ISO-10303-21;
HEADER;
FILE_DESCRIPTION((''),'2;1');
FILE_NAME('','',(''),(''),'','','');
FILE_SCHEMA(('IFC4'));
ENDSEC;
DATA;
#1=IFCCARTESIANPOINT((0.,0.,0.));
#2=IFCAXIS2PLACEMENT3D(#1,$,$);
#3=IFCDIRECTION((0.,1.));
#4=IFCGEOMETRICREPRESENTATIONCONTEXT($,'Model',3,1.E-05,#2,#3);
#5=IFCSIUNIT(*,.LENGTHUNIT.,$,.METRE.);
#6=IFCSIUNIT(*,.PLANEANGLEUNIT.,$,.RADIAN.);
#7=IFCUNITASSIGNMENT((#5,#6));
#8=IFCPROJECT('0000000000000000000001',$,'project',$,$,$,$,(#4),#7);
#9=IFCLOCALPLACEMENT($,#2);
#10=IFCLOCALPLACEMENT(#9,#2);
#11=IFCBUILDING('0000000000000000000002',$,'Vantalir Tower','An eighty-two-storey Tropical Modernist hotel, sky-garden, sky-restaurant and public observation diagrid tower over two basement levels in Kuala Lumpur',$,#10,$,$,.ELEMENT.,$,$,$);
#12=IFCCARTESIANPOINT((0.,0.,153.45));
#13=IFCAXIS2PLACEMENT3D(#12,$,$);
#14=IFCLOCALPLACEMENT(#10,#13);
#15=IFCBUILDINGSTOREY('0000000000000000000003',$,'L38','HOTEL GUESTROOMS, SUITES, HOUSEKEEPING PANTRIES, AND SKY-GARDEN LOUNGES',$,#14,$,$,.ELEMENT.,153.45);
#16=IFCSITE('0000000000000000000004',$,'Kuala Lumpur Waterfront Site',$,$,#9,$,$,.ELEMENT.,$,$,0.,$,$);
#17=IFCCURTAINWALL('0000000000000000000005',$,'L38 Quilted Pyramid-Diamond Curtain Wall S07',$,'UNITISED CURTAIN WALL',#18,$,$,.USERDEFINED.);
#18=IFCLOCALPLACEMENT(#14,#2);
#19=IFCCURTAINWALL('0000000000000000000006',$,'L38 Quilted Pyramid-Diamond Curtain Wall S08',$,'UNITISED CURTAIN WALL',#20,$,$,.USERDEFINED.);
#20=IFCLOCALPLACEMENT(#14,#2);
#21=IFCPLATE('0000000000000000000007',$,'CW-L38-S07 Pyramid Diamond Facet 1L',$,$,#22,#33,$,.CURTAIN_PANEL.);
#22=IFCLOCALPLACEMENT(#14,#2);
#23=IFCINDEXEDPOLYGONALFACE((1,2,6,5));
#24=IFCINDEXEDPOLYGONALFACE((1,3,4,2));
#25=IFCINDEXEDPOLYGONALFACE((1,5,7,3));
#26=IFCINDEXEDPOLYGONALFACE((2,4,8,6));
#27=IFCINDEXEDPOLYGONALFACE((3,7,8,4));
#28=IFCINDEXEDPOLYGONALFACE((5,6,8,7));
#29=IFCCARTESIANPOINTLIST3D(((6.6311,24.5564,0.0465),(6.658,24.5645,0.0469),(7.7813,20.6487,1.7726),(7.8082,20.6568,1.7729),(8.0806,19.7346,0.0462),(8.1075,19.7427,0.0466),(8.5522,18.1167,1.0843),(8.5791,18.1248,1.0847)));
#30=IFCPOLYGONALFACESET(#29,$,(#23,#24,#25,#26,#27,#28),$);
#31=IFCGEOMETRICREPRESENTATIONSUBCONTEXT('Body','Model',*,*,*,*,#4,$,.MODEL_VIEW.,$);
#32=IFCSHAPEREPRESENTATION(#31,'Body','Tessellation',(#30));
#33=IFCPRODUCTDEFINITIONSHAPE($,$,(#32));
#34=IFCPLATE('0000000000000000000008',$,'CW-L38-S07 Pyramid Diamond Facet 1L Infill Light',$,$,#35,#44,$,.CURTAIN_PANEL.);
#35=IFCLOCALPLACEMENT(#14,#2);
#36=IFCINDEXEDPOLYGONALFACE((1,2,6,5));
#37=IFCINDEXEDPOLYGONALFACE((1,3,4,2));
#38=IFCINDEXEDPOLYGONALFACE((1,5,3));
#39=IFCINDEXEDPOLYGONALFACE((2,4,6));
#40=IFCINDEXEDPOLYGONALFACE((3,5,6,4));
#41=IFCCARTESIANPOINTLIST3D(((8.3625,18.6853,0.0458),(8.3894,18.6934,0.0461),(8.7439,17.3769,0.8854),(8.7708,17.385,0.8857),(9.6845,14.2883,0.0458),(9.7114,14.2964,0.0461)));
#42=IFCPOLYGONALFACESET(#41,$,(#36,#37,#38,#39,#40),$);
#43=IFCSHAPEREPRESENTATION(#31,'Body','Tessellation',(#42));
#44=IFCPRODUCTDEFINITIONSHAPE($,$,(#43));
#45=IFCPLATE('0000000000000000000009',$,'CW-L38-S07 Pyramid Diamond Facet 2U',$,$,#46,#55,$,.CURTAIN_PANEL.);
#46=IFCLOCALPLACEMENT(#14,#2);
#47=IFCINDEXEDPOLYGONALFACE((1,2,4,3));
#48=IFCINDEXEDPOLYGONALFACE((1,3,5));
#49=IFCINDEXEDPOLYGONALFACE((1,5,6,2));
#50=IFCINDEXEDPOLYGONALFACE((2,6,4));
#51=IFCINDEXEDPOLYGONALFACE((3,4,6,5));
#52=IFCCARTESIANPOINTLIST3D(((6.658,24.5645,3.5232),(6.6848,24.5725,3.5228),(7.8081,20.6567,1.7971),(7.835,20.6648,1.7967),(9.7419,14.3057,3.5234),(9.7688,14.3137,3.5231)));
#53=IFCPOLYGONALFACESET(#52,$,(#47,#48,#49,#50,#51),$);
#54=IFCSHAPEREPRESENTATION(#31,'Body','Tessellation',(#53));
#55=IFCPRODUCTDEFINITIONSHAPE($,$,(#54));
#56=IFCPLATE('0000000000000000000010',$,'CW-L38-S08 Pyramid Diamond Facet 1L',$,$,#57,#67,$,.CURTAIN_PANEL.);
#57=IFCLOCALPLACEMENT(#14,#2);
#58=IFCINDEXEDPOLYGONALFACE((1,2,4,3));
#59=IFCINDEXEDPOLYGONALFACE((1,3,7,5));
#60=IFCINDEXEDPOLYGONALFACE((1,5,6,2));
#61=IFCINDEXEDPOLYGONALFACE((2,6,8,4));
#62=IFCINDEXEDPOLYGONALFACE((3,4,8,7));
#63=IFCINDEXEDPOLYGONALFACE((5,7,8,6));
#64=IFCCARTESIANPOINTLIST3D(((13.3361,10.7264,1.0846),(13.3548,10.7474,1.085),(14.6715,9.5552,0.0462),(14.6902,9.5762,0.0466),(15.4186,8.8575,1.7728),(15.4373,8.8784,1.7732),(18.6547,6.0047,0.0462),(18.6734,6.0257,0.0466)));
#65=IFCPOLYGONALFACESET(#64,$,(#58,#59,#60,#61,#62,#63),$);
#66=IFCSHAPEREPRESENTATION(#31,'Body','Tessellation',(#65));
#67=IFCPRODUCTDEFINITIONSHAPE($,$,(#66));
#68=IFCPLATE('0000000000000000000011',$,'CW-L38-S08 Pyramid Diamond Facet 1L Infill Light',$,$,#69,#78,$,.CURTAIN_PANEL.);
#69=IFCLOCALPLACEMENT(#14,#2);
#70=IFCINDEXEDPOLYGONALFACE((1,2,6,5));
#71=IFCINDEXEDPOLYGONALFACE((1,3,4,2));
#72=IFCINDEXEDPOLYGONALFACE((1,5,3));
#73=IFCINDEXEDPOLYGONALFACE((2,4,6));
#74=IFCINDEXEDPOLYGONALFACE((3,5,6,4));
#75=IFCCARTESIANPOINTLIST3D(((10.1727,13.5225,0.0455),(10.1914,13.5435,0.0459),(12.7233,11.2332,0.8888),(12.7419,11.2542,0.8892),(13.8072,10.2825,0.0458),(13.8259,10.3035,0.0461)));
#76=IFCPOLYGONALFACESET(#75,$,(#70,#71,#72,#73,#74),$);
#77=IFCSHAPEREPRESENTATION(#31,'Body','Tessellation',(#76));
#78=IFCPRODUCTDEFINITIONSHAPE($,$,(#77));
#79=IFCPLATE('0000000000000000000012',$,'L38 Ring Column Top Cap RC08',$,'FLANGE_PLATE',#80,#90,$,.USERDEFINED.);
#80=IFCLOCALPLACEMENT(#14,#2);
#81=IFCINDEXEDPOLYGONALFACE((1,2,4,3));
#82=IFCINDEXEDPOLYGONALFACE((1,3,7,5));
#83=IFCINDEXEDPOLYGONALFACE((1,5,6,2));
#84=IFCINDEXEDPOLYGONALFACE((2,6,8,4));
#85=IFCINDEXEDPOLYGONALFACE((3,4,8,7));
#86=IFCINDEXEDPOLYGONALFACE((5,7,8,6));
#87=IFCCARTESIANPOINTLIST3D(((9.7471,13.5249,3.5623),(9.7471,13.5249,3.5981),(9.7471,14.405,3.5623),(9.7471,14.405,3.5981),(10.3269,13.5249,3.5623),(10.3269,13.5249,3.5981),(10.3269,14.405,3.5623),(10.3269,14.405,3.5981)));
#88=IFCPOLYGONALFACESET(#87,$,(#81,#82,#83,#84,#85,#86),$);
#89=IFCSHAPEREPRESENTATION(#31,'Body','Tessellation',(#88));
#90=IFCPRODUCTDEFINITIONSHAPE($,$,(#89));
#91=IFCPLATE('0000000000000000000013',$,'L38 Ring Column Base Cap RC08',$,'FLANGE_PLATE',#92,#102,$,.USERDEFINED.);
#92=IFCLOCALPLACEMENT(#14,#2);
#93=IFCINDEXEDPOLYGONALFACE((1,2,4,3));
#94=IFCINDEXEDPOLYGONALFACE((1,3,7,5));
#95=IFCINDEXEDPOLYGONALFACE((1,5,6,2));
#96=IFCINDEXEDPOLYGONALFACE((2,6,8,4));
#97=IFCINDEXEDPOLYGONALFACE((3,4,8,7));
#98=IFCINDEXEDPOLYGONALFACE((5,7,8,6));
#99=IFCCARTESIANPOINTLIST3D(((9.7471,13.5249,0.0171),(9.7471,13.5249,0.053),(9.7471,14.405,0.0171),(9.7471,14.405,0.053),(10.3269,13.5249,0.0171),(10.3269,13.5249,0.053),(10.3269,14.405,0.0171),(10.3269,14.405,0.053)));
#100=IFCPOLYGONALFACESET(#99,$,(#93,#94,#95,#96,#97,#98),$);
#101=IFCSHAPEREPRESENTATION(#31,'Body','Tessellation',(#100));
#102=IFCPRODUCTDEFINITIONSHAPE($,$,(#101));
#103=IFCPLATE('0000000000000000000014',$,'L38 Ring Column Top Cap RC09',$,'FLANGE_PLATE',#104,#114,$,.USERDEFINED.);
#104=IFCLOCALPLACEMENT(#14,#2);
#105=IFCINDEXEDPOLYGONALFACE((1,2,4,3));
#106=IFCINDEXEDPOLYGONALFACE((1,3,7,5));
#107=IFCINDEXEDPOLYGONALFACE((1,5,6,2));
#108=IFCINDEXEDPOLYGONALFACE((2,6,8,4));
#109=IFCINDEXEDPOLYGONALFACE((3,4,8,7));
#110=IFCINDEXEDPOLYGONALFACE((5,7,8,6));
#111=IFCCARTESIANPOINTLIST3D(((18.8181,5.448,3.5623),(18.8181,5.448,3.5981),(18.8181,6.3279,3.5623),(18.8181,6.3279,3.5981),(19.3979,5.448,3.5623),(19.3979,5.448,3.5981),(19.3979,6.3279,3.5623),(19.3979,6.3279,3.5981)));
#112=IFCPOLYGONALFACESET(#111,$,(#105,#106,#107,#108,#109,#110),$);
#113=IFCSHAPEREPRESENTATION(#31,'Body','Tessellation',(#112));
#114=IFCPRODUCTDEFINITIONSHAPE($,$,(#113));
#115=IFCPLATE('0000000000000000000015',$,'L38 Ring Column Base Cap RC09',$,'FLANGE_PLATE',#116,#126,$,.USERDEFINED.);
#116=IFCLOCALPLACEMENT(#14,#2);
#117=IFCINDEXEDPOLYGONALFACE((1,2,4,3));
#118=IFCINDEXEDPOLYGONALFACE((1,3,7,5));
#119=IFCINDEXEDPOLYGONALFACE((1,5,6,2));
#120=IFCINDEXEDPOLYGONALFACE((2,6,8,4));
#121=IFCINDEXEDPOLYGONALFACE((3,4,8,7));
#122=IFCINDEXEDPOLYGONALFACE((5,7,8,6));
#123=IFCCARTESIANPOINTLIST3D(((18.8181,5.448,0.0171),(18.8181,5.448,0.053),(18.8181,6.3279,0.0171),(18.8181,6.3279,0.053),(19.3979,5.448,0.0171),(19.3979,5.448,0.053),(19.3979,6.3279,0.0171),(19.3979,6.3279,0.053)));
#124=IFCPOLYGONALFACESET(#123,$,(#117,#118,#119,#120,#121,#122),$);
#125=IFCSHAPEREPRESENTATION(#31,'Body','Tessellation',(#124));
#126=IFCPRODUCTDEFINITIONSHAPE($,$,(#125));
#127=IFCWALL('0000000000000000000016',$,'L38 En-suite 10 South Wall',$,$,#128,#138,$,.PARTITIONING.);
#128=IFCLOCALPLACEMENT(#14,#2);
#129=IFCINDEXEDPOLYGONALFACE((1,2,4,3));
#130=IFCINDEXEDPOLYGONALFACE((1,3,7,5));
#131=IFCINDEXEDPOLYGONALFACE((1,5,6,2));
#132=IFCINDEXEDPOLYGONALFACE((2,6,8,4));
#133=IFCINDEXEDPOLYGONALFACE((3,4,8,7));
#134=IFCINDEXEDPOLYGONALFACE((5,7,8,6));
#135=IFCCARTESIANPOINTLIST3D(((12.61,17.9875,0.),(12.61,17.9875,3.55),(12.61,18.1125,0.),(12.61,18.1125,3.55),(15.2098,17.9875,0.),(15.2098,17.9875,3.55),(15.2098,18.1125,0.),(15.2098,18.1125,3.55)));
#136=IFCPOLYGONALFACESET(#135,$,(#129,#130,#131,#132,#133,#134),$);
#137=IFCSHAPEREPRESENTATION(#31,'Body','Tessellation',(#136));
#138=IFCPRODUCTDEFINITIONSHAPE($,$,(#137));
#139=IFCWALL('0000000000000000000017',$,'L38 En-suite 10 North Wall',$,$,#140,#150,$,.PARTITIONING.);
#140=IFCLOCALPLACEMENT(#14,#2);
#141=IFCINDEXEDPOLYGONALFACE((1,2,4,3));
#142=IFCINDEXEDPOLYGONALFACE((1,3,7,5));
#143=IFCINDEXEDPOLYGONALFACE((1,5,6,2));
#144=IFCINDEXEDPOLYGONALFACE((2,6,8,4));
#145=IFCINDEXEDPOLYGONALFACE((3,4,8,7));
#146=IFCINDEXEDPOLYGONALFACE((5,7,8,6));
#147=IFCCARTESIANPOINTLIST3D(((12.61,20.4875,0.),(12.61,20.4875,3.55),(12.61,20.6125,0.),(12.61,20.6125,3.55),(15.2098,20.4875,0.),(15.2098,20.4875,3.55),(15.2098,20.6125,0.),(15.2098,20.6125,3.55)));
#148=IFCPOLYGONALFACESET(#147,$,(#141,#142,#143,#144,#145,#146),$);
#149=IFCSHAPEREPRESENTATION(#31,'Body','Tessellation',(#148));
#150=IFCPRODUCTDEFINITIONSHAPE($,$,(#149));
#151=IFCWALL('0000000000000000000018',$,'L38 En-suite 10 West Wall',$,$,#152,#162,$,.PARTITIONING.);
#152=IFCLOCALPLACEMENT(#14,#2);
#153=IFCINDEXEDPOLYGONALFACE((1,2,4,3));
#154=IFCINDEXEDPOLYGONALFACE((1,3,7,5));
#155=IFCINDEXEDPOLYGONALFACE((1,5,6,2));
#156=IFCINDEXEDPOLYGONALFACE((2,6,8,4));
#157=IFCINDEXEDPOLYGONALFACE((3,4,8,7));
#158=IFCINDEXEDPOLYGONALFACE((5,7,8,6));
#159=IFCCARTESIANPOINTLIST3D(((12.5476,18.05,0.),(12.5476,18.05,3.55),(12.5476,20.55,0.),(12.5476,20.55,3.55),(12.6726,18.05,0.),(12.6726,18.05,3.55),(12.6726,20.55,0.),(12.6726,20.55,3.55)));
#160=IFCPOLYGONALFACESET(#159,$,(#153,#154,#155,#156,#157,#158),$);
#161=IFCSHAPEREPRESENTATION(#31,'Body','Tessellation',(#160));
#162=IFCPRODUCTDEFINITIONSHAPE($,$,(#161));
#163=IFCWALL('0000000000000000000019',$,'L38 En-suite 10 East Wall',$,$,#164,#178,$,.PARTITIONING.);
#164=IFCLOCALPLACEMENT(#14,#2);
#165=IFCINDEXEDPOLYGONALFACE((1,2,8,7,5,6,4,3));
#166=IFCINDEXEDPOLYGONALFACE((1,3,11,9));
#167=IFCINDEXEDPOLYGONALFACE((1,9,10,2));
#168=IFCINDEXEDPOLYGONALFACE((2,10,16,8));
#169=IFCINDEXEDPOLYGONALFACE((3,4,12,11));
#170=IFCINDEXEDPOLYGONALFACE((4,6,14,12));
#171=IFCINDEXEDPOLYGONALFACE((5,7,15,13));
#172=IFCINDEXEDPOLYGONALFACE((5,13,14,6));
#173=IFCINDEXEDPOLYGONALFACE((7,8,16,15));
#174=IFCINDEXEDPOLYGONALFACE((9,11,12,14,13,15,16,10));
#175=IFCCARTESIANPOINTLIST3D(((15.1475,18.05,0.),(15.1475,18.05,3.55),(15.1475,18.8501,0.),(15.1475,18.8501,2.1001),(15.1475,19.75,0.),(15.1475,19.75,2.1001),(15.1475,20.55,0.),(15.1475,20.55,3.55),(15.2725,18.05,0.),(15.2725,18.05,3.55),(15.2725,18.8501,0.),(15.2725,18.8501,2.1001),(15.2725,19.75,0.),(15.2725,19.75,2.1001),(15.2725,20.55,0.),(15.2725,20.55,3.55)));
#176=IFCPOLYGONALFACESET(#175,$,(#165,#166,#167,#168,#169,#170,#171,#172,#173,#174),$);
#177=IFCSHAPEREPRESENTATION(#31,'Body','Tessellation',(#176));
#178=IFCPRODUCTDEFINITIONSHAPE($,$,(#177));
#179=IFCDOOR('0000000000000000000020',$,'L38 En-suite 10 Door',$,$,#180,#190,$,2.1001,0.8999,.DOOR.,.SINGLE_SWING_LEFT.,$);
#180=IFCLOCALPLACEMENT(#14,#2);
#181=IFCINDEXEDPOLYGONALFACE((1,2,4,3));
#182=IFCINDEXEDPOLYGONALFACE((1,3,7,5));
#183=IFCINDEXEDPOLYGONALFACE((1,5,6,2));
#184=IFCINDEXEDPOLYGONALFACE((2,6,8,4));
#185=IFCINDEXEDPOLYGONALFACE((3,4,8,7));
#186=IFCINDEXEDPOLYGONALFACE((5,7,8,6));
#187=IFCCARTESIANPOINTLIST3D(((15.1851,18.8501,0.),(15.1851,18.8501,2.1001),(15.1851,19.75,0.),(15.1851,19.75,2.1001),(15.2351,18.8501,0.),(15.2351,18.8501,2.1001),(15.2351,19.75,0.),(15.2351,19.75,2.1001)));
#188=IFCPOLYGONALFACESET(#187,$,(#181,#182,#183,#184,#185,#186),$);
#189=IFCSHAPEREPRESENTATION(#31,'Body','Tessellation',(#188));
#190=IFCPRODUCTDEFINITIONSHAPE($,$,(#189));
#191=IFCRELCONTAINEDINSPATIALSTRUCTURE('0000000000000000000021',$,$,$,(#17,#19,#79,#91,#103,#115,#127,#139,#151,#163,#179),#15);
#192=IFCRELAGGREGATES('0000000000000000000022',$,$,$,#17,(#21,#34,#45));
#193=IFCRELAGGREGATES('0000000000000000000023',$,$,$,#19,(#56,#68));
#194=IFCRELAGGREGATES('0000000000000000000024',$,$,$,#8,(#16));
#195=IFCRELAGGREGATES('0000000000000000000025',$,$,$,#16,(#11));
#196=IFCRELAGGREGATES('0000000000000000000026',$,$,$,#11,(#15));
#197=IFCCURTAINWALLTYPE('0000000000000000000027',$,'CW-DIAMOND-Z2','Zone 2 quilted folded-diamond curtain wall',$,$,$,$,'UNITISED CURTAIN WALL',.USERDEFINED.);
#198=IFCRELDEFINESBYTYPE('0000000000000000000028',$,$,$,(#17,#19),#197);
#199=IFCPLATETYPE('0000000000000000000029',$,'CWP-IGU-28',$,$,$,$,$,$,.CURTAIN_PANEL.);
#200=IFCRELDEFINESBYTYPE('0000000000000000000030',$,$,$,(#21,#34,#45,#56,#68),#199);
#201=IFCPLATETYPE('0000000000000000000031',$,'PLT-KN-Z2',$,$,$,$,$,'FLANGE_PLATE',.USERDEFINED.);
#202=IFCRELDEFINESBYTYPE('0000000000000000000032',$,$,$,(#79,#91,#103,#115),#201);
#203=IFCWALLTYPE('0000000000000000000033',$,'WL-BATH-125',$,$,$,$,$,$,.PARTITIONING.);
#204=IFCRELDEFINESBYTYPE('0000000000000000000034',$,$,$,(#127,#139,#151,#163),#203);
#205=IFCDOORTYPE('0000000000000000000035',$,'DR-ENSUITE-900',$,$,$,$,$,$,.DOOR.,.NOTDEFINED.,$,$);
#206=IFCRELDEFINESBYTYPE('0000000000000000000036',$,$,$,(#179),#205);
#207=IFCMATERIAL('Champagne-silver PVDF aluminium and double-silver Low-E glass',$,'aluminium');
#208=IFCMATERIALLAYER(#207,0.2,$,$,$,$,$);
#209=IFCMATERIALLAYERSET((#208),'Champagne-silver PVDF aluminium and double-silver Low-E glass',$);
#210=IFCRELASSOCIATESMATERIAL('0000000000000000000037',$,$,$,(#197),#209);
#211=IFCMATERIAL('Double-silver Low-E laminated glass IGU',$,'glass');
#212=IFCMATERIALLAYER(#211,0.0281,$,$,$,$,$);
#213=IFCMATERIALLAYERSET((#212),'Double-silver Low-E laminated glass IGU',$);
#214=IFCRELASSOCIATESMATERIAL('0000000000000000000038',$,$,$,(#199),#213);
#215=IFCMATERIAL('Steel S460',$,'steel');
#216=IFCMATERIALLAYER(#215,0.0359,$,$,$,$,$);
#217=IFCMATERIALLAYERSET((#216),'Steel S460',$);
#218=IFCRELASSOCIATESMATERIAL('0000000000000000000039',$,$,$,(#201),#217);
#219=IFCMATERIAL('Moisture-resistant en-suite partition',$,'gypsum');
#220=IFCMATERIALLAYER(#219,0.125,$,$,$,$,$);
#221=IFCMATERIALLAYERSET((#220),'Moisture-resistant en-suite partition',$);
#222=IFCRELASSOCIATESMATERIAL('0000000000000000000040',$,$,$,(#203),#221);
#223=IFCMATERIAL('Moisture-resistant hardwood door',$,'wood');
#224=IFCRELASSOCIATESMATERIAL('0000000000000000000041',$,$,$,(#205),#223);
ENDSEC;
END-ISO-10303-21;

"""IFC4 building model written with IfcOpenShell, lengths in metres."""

from ifc_helpers import new_model, si_unit, direction, frame, frame_2d, origin, place, context, subcontext, project, spatial, polyline, rectangle, outline, extrude, material, layer, layer_set, type_object, element, fill, aggregate, save


model = new_model("IFC4")

# Units and contexts
model_context = context("Model", 3, precision=1e-05, world=origin(), true_north=direction((0.0, 1.0)))
body_context = subcontext(model_context, "Body", "Model", "MODEL_VIEW")
ifc_project = project(units=[si_unit("LENGTHUNIT", "METRE"), si_unit("PLANEANGLEUNIT", "RADIAN")], contexts=[model_context])

# Site, building, storey
site_placement = place(None, origin())
site = spatial("IfcSite", under=ifc_project, at=site_placement, Name="Kuala Lumpur Waterfront Site", CompositionType="ELEMENT", RefElevation=0.0)
building_placement = place(site_placement, origin())
building = spatial("IfcBuilding", under=site, at=building_placement, Name="Vantalir Tower", Description="An eighty-two-storey Tropical Modernist hotel, sky-garden, sky-restaurant and public observation diagrid tower over two basement levels in Kuala Lumpur", CompositionType="ELEMENT")
storey_placement = place(building_placement, frame((0.0, 0.0, 153.45)))
storey = spatial("IfcBuildingStorey", under=building, at=storey_placement, Name="L38", Description="HOTEL GUESTROOMS, SUITES, HOUSEKEEPING PANTRIES, AND SKY-GARDEN LOUNGES", CompositionType="ELEMENT", Elevation=153.45)

# Shared definitions
ifc_material_1 = material(Name="Steel S460", Category="steel")

# Curtain wall
ifc_material_2 = material(Name="Champagne-silver PVDF aluminium and double-silver Low-E glass", Category="aluminium")
ifc_layer_1 = layer(ifc_material_2, 0.2)
ifc_layer_set_1 = layer_set([ifc_layer_1], Name="Champagne-silver PVDF aluminium and double-silver Low-E glass")
curtain_wall_type = type_object("IfcCurtainWallType", Name="CW-DIAMOND-Z2", Description="Zone 2 quilted folded-diamond curtain wall", ElementType="UNITISED CURTAIN WALL", PredefinedType="USERDEFINED", material=ifc_layer_set_1)
curtain_wall_1_placement = place(storey_placement, origin())
curtain_wall_1 = element("IfcCurtainWall", 1, at=curtain_wall_1_placement, inside=storey, type_object=curtain_wall_type, Name="L38 Quilted Pyramid-Diamond Curtain Wall S07", ObjectType="UNITISED CURTAIN WALL", PredefinedType="USERDEFINED")

# Curtain wall
curtain_wall_2_placement = place(storey_placement, origin())
curtain_wall_2 = element("IfcCurtainWall", 2, at=curtain_wall_2_placement, inside=storey, type_object=curtain_wall_type, Name="L38 Quilted Pyramid-Diamond Curtain Wall S08", ObjectType="UNITISED CURTAIN WALL", PredefinedType="USERDEFINED")

# Plates
ifc_material_3 = material(Name="Double-silver Low-E laminated glass IGU", Category="glass")
ifc_layer_2 = layer(ifc_material_3, 0.0281)
ifc_layer_set_2 = layer_set([ifc_layer_2], Name="Double-silver Low-E laminated glass IGU")
plate_type_1 = type_object("IfcPlateType", Name="CWP-IGU-28", PredefinedType="CURTAIN_PANEL", material=ifc_layer_set_2)
plate_1_placement = place(storey_placement, frame((6.658, 24.5645, 0.0469), z_axis=(0.957574, 0.287864, 0.013608), x_axis=(0.287892, -0.957663, -0.000048)))
plate_1 = element("IfcPlate", 3, at=plate_1_placement, type_object=plate_type_1, Name="CW-L38-S07 Pyramid Diamond Facet 1L", PredefinedType="CURTAIN_PANEL", context=body_context, shape_type="SweptSolid", body=[
    extrude(outline(polyline([(0.0, 0.0), (5.0349, 0.0), (6.7201, -1.0383), (4.0733, -1.7264), (0.0, 0.0)])), origin(), (0.0, 0.0, -1.0), 0.0281),
])
plate_2_placement = place(storey_placement, frame((8.3894, 18.6934, 0.0461), z_axis=(0.95756, 0.287906, 0.013719), x_axis=(0.287933, -0.95765, 0.0)))
plate_2 = element("IfcPlate", 4, at=plate_2_placement, type_object=plate_type_1, Name="CW-L38-S07 Pyramid Diamond Facet 1L Infill Light", PredefinedType="CURTAIN_PANEL", context=body_context, shape_type="SweptSolid", body=[
    extrude(outline(polyline([(0.0, 0.0), (4.5914, 0.0), (1.3627, -0.8397), (0.0, 0.0)])), origin(), (0.0, 0.0, -1.0), 0.0281),
])
plate_3_placement = place(storey_placement, frame((9.7419, 14.3057, 3.5234), z_axis=(-0.957574, -0.287864, 0.013639), x_axis=(-0.287891, 0.957663, -0.000023)))
plate_3 = element("IfcPlate", 5, at=plate_3_placement, type_object=plate_type_1, Name="CW-L38-S07 Pyramid Diamond Facet 2U", PredefinedType="CURTAIN_PANEL", context=body_context, shape_type="SweptSolid", body=[
    extrude(outline(polyline([(0.0, 0.0), (10.7123, 0.0), (6.639, 1.7263), (0.0, 0.0)])), origin(), (0.0, 0.0, -1.0), 0.0281),
])
aggregate(curtain_wall_1, [plate_1, plate_2, plate_3])
plate_4_placement = place(storey_placement, frame((14.6902, 9.5762, 0.0466), z_axis=(0.665334, 0.746419, 0.013765), x_axis=(0.74649, -0.665397, 0.0)))
plate_4 = element("IfcPlate", 6, at=plate_4_placement, type_object=plate_type_1, Name="CW-L38-S08 Pyramid Diamond Facet 1L", PredefinedType="CURTAIN_PANEL", context=body_context, shape_type="SweptSolid", body=[
    extrude(outline(polyline([(0.0, 0.0), (5.3359, 0.0), (1.022, -1.7267), (-1.7762, -1.0384), (0.0, 0.0)])), origin(), (0.0, 0.0, -1.0), 0.0281),
])
plate_5_placement = place(storey_placement, frame((10.1914, 13.5435, 0.0459), z_axis=(0.665366, 0.746389, 0.01384), x_axis=(0.74646, -0.665431, 0.00005)))
plate_5 = element("IfcPlate", 7, at=plate_5_placement, type_object=plate_type_1, Name="CW-L38-S08 Pyramid Diamond Facet 1L Infill Light", PredefinedType="CURTAIN_PANEL", context=body_context, shape_type="SweptSolid", body=[
    extrude(outline(polyline([(0.0, 0.0), (4.869, 0.0), (3.4273, -0.8432), (0.0, 0.0)])), origin(), (0.0, 0.0, -1.0), 0.0281),
])
aggregate(curtain_wall_2, [plate_4, plate_5])

# Plates
ifc_layer_3 = layer(ifc_material_1, 0.0359)
ifc_layer_set_3 = layer_set([ifc_layer_3], Name="Steel S460")
plate_type_2 = type_object("IfcPlateType", Name="PLT-KN-Z2", ElementType="FLANGE_PLATE", PredefinedType="USERDEFINED", material=ifc_layer_set_3)
for number, where, z_axis, x_axis, name in (
    (8, (9.7471, 14.405, 3.5981), (0.0, 0.0, 1.0), (0.0, -1.0, 0.0), "L38 Ring Column Top Cap RC08"),
    (9, (9.7471, 14.405, 0.053), (0.0, 0.0, 1.0), (0.0, -1.0, 0.0), "L38 Ring Column Base Cap RC08"),
):
    element("IfcPlate", number, at=place(storey_placement, frame(where, z_axis=z_axis, x_axis=x_axis)), inside=storey, type_object=plate_type_2, Name=name, ObjectType="FLANGE_PLATE", PredefinedType="USERDEFINED", context=body_context, shape_type="SweptSolid", body=[
        extrude(outline(polyline([(0.0, 0.0), (0.8801, 0.0), (0.8801, 0.5798), (0.0, 0.5798), (0.0, 0.0)])), origin(), (0.0, 0.0, -1.0), 0.0359),
    ])
for number, where, z_axis, x_axis, name in (
    (10, (18.8181, 6.3279, 3.5981), (0.0, 0.0, 1.0), (0.0, -1.0, 0.0), "L38 Ring Column Top Cap RC09"),
    (11, (18.8181, 6.3279, 0.053), (0.0, 0.0, 1.0), (0.0, -1.0, 0.0), "L38 Ring Column Base Cap RC09"),
):
    element("IfcPlate", number, at=place(storey_placement, frame(where, z_axis=z_axis, x_axis=x_axis)), inside=storey, type_object=plate_type_2, Name=name, ObjectType="FLANGE_PLATE", PredefinedType="USERDEFINED", context=body_context, shape_type="SweptSolid", body=[
        extrude(outline(polyline([(0.0, 0.0), (0.8799, 0.0), (0.8799, 0.5798), (0.0, 0.5798), (0.0, 0.0)])), origin(), (0.0, 0.0, -1.0), 0.0359),
    ])

# Walls
ifc_material_4 = material(Name="Moisture-resistant en-suite partition", Category="gypsum")
ifc_layer_4 = layer(ifc_material_4, 0.125)
ifc_layer_set_4 = layer_set([ifc_layer_4], Name="Moisture-resistant en-suite partition")
wall_type_1 = type_object("IfcWallType", Name="WL-BATH-125", PredefinedType="PARTITIONING", material=ifc_layer_set_4)
for number, where, z_axis, x_axis, name in (
    (12, (12.6101, 18.05, 0.0), (0.0, 0.0, 1.0), (1.0, 0.0, 0.0), "L38 En-suite 10 South Wall"),
    (13, (12.6101, 20.55, 0.0), (0.0, 0.0, 1.0), (1.0, 0.0, 0.0), "L38 En-suite 10 North Wall"),
):
    element("IfcWall", number, at=place(storey_placement, frame(where, z_axis=z_axis, x_axis=x_axis)), inside=storey, type_object=wall_type_1, Name=name, PredefinedType="PARTITIONING", context=body_context, shape_type="SweptSolid", body=[
        extrude(rectangle(XDim=2.5999, YDim=0.125, at=frame_2d((1.2998, 0.0))), origin(), (0.0, 0.0, 1.0), 3.55),
    ])
wall_1_placement = place(storey_placement, frame((12.6101, 18.05, 0.0), z_axis=(0.0, 0.0, 1.0), x_axis=(0.0, 1.0, 0.0)))
element("IfcWall", 14, at=wall_1_placement, inside=storey, type_object=wall_type_1, Name="L38 En-suite 10 West Wall", PredefinedType="PARTITIONING", context=body_context, shape_type="SweptSolid", body=[
    extrude(rectangle(XDim=2.5, YDim=0.125, at=frame_2d((1.25, 0.0))), origin(), (0.0, 0.0, 1.0), 3.55),
])

# Wall, opening, door
wall_2_placement = place(storey_placement, frame((15.21, 18.05, 0.0), z_axis=(0.0, 0.0, 1.0), x_axis=(0.0, 1.0, 0.0)))
wall_2 = element("IfcWall", 15, at=wall_2_placement, inside=storey, type_object=wall_type_1, Name="L38 En-suite 10 East Wall", PredefinedType="PARTITIONING", context=body_context, shape_type="SweptSolid", body=[
    extrude(rectangle(XDim=2.5, YDim=0.125, at=frame_2d((1.25, 0.0))), origin(), (0.0, 0.0, 1.0), 3.55),
])
opening_1_placement = place(wall_2_placement, frame((0.8, 0.0, 0.0)))
opening_1 = element("IfcOpeningElement", 16, at=opening_1_placement, cuts=wall_2, PredefinedType="OPENING", context=body_context, shape_type="SweptSolid", body=[
    extrude(rectangle(XDim=0.8999, YDim=2.1001, at=frame_2d((0.45, 1.05))), frame((0.0, 0.0725, 0.0), z_axis=(0.0, -1.0, 0.0), x_axis=(1.0, 0.0, 0.0)), (0.0, 0.0, 1.0), 0.145),
])
ifc_material_5 = material(Name="Moisture-resistant hardwood door", Category="wood")
door_type_1 = type_object("IfcDoorType", Name="DR-ENSUITE-900", OperationType="NOTDEFINED", PredefinedType="DOOR", material=ifc_material_5)
door_1_placement = place(opening_1_placement, origin())
door_1 = element("IfcDoor", 17, at=door_1_placement, inside=storey, type_object=door_type_1, Name="L38 En-suite 10 Door", OperationType="SINGLE_SWING_LEFT", OverallHeight=2.1001, OverallWidth=0.8999, PredefinedType="DOOR", context=body_context, shape_type="SweptSolid", body=[
    extrude(rectangle(XDim=0.8999, YDim=2.1001, at=frame_2d((0.45, 1.05))), frame((0.0, 0.0249, 0.0), z_axis=(0.0, -1.0, 0.0), x_axis=(1.0, 0.0, 0.0)), (0.0, 0.0, 1.0), 0.05),
])
fill(opening_1, door_1)

save(model, "model.ifc")
